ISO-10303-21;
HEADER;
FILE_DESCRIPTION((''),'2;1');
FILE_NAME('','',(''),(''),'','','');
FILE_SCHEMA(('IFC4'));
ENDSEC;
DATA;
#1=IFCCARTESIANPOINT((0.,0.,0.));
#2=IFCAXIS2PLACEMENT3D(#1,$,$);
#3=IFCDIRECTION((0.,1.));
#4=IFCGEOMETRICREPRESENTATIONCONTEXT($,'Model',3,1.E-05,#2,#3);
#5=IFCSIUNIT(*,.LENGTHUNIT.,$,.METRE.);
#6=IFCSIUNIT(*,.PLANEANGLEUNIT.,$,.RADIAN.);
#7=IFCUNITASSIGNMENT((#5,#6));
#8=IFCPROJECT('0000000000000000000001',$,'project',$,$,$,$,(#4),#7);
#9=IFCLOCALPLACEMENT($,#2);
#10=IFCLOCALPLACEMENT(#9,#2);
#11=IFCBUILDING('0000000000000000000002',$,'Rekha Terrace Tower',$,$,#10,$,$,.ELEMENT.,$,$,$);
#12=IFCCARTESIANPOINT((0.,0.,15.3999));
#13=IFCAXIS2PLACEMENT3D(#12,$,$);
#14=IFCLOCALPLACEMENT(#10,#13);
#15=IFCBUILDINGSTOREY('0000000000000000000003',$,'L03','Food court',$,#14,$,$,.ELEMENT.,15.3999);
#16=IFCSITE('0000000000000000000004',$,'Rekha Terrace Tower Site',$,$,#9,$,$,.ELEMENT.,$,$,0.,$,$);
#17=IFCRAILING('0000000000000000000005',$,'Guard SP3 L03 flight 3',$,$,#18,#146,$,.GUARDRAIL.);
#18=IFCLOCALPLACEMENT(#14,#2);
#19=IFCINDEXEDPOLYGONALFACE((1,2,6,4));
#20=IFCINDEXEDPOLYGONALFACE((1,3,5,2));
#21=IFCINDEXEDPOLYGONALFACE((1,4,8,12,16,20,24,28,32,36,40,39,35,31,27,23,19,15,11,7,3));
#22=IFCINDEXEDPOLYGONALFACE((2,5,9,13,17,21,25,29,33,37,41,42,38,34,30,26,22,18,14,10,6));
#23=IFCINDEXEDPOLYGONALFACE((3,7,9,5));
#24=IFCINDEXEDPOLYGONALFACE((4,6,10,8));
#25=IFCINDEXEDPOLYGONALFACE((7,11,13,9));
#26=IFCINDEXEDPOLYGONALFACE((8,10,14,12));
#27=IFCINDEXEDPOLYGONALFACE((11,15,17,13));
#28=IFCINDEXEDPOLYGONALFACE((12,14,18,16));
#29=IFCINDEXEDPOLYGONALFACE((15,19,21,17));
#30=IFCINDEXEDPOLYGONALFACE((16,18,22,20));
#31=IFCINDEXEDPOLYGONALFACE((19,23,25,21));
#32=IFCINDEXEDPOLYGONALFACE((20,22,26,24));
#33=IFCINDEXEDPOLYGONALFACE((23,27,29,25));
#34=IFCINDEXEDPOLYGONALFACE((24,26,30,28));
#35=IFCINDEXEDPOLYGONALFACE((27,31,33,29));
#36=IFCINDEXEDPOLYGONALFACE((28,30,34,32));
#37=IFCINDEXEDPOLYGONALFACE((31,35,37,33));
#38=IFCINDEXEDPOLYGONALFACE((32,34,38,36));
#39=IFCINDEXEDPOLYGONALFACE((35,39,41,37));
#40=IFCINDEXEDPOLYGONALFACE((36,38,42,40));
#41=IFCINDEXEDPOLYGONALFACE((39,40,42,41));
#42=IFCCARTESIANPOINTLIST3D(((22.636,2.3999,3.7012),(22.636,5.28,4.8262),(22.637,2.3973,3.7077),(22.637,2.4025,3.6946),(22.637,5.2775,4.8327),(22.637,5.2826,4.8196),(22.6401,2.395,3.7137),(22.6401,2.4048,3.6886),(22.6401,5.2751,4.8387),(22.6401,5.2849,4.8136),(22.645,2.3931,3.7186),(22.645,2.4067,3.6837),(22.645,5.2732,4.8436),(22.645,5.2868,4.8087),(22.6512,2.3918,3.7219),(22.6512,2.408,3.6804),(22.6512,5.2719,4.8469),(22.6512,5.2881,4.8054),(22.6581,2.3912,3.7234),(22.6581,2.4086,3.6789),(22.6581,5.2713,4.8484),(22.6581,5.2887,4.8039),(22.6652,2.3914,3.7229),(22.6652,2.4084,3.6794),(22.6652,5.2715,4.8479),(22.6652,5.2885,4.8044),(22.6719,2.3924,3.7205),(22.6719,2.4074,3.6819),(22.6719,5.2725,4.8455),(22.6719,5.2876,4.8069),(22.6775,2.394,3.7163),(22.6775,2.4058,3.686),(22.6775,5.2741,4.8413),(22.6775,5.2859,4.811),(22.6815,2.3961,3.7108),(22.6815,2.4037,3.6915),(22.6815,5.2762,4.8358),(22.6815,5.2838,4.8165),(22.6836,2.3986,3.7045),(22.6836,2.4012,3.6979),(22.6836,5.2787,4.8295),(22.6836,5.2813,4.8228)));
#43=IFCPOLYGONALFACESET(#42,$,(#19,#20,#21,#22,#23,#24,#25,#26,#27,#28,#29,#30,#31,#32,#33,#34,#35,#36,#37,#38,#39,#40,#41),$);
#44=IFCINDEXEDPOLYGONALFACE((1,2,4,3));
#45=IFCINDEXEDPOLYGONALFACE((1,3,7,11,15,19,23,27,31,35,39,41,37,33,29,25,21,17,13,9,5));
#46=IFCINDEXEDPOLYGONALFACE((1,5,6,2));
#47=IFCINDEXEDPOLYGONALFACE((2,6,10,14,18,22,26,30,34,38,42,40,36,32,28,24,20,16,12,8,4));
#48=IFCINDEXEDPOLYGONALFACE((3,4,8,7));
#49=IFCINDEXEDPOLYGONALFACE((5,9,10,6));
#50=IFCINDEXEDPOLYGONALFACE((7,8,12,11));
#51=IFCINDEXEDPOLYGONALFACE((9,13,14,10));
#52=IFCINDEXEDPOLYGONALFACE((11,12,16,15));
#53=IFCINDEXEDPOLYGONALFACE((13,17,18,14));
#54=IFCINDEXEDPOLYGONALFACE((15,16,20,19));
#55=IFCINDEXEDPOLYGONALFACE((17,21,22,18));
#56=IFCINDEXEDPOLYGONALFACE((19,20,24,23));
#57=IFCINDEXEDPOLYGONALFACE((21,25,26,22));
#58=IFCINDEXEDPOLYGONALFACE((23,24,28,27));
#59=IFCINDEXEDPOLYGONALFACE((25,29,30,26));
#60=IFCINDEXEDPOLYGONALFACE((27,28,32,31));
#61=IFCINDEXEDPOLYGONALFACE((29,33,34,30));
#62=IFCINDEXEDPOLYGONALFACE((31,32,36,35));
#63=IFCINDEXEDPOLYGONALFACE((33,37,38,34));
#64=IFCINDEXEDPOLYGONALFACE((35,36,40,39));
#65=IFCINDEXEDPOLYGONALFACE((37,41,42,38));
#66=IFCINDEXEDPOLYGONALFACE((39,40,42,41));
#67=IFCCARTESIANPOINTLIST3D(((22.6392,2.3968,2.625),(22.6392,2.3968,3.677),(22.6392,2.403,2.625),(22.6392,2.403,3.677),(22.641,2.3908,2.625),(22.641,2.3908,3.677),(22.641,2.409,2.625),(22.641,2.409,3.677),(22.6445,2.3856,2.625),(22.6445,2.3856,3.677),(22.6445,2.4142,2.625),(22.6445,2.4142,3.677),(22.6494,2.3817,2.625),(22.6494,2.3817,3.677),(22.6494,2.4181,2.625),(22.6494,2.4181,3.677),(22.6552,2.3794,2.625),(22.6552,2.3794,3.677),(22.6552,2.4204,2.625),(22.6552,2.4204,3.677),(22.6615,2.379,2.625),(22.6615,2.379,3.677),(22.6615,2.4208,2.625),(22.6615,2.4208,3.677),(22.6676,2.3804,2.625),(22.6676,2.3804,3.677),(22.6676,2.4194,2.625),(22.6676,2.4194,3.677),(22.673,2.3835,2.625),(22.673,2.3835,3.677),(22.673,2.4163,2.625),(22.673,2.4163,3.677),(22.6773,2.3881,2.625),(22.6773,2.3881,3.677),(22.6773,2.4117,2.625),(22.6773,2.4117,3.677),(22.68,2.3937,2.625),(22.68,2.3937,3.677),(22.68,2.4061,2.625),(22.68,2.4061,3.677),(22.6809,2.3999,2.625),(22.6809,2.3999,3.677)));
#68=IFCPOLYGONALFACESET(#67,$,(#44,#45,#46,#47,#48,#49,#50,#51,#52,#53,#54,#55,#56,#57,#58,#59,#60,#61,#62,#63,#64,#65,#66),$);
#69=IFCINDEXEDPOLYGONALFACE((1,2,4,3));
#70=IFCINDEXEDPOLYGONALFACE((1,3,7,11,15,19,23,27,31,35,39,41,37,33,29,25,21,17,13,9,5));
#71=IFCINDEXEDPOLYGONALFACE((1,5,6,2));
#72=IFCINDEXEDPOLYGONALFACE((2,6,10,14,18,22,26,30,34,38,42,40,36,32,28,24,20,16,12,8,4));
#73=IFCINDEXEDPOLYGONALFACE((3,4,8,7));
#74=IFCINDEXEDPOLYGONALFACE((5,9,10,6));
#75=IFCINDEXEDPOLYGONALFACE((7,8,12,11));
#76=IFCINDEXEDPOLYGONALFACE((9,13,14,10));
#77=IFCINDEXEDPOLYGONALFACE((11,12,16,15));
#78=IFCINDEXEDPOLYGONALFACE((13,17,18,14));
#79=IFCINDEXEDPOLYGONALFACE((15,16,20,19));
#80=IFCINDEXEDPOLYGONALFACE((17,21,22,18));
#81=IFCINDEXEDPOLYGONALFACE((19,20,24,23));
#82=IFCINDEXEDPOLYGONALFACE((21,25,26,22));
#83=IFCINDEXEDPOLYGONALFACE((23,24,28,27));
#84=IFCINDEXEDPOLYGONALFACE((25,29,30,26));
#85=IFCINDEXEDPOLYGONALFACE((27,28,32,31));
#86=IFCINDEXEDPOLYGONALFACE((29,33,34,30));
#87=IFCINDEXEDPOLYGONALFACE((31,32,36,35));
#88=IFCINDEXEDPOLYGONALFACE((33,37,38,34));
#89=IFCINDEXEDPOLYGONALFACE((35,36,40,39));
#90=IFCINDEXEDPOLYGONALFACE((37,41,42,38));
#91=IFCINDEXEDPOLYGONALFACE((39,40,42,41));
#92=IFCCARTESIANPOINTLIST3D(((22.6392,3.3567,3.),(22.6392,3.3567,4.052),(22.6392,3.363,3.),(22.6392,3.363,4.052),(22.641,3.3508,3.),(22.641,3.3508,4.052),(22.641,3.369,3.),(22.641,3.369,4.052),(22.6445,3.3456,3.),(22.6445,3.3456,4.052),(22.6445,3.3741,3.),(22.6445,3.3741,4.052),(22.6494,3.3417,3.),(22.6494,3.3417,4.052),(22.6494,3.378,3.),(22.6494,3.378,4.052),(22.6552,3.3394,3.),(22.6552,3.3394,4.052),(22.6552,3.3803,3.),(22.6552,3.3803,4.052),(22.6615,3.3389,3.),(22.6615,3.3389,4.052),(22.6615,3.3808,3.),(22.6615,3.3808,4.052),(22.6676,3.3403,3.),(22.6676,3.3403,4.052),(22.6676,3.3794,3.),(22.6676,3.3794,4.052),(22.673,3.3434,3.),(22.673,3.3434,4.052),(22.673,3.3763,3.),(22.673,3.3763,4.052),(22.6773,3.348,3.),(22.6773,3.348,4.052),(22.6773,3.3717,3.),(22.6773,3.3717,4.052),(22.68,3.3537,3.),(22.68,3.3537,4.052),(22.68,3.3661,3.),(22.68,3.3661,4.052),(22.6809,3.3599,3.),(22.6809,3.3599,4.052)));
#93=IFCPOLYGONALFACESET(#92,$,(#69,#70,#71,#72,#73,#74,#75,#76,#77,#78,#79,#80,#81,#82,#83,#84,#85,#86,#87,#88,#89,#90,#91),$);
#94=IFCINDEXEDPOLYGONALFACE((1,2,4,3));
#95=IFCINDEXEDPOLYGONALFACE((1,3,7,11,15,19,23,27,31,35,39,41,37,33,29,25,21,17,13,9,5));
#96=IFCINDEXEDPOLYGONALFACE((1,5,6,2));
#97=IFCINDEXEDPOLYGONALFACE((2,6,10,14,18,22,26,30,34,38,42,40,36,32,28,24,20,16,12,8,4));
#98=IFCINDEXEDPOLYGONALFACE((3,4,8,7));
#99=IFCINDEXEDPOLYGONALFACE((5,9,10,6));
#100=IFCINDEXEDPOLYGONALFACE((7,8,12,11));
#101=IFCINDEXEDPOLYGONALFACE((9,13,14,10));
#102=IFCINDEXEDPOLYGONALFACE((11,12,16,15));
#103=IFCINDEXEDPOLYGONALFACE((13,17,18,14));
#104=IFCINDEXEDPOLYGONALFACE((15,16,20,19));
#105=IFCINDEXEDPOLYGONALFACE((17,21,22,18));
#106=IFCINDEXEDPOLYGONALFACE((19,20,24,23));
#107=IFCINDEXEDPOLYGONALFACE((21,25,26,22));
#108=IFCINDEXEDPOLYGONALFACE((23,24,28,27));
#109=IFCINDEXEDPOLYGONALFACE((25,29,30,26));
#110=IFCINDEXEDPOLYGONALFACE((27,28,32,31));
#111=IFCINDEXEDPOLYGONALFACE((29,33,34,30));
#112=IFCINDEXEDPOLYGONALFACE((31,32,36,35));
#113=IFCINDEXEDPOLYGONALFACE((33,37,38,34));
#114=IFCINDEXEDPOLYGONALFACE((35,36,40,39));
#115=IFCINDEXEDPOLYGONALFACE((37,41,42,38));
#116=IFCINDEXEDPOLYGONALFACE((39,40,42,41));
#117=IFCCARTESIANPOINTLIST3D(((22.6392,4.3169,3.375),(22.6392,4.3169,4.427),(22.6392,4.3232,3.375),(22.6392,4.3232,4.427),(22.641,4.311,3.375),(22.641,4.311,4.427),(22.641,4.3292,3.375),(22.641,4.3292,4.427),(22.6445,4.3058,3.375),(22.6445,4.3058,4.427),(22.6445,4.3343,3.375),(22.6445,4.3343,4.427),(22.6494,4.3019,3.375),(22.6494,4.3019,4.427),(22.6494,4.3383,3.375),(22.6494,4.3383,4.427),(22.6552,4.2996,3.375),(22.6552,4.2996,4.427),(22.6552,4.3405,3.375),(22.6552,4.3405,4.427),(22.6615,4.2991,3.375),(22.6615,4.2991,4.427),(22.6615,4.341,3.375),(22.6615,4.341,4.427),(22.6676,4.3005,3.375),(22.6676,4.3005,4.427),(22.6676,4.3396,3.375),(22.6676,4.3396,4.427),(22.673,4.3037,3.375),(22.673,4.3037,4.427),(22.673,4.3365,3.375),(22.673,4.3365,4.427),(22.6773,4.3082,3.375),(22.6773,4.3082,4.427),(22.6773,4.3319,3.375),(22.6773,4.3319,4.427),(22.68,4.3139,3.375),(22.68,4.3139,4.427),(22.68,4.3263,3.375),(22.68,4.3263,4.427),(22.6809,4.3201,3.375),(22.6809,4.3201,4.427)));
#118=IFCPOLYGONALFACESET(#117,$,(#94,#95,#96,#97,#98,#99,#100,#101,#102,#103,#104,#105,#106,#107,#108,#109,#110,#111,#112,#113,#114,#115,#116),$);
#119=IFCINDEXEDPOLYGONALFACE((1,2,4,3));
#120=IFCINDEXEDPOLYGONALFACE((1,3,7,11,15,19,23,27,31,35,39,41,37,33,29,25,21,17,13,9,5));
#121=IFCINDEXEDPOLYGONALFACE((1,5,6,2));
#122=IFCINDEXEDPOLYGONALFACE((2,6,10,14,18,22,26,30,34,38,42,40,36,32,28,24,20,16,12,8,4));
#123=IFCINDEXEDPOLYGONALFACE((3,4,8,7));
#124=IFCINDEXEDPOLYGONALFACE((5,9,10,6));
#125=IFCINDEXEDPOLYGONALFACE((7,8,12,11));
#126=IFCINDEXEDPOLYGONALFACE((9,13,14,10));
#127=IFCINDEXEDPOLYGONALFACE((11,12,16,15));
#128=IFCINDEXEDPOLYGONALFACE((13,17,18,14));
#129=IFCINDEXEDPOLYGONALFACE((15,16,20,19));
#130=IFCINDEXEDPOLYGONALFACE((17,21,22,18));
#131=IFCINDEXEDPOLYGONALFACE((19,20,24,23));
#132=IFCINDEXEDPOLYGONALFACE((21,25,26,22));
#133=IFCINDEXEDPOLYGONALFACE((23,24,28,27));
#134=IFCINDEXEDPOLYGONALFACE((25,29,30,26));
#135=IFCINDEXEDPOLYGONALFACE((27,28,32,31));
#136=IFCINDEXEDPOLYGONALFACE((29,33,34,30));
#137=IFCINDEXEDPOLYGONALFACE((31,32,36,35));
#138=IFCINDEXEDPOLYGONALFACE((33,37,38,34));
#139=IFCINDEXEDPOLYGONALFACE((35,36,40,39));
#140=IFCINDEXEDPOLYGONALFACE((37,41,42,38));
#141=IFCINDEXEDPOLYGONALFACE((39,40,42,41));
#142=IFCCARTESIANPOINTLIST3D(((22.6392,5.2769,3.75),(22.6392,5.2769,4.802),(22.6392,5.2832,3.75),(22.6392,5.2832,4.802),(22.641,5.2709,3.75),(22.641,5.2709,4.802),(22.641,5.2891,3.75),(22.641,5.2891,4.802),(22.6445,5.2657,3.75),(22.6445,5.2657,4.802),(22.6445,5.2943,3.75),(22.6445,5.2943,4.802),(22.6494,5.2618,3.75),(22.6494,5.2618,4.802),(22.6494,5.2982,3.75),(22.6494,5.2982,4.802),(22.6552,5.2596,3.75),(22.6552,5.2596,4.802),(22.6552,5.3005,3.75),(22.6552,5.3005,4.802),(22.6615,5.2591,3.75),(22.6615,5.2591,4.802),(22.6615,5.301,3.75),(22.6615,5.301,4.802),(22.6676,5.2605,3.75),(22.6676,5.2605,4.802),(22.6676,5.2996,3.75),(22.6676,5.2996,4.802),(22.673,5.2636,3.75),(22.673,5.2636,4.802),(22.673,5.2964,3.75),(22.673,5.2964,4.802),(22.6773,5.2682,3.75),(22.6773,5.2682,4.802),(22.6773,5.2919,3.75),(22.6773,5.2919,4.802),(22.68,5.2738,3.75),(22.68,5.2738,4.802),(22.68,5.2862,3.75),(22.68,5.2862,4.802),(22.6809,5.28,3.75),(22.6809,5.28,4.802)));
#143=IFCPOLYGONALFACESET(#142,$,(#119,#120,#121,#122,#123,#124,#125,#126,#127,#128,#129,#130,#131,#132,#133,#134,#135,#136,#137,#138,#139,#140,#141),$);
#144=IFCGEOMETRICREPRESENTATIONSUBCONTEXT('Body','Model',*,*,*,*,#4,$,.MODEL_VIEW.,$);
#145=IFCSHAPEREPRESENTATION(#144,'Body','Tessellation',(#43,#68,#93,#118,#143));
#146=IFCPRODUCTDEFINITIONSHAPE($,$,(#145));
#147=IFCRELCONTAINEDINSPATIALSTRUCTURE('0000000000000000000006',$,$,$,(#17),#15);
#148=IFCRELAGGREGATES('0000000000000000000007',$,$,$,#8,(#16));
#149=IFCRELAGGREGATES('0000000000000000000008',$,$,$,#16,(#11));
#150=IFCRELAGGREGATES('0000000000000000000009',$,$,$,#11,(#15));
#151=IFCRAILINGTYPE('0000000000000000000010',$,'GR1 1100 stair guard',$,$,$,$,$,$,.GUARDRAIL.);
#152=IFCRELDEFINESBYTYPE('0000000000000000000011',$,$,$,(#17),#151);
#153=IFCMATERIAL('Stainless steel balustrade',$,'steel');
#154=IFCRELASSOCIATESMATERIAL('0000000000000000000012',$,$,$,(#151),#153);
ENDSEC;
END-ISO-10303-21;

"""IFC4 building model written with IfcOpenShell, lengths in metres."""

from ifc_helpers import new_model, si_unit, direction, frame, origin, origin_2d, place, context, subcontext, project, spatial, circle, extrude, material, type_object, element, save


model = new_model("IFC4")

# Units and contexts
model_context = context("Model", 3, precision=1e-05, world=origin(), true_north=direction((0.0, 1.0)))
body_context = subcontext(model_context, "Body", "Model", "MODEL_VIEW")
ifc_project = project(units=[si_unit("LENGTHUNIT", "METRE"), si_unit("PLANEANGLEUNIT", "RADIAN")], contexts=[model_context])

# Site, building, storey
site_placement = place(None, origin())
site = spatial("IfcSite", under=ifc_project, at=site_placement, Name="Rekha Terrace Tower Site", CompositionType="ELEMENT", RefElevation=0.0)
building_placement = place(site_placement, origin())
building = spatial("IfcBuilding", under=site, at=building_placement, Name="Rekha Terrace Tower", CompositionType="ELEMENT")
storey_placement = place(building_placement, frame((0.0, 0.0, 15.3999)))
storey = spatial("IfcBuildingStorey", under=building, at=storey_placement, Name="L03", Description="Food court", CompositionType="ELEMENT", Elevation=15.3999)

# Railing
ifc_material_1 = material(Name="Stainless steel balustrade", Category="steel")
railing_type_1 = type_object("IfcRailingType", Name="GR1 1100 stair guard", PredefinedType="GUARDRAIL", material=ifc_material_1)
railing_1_placement = place(storey_placement, frame((22.6599, 2.3999, 2.625)))
element("IfcRailing", 1, at=railing_1_placement, inside=storey, type_object=railing_type_1, Name="Guard SP3 L03 flight 3", PredefinedType="GUARDRAIL", context=body_context, shape_type="SweptSolid", body=[
    extrude(circle(Radius=0.0239, at=origin_2d()), frame((0.0, 0.0, 1.0762), z_axis=(0.0, 0.931463, 0.363837), x_axis=(-1.0, 0.0, 0.0)), (0.0, 0.0, 1.0), 3.092),
    extrude(circle(Radius=0.021, at=origin_2d()), origin(), (0.0, 0.0, 1.0), 1.052),
    extrude(circle(Radius=0.021, at=origin_2d()), frame((0.0, 0.96, 0.375)), (0.0, 0.0, 1.0), 1.052),
    extrude(circle(Radius=0.021, at=origin_2d()), frame((0.0, 1.9202, 0.75)), (0.0, 0.0, 1.0), 1.052),
    extrude(circle(Radius=0.021, at=origin_2d()), frame((0.0, 2.8801, 1.125)), (0.0, 0.0, 1.0), 1.052),
])

save(model, "model.ifc")
